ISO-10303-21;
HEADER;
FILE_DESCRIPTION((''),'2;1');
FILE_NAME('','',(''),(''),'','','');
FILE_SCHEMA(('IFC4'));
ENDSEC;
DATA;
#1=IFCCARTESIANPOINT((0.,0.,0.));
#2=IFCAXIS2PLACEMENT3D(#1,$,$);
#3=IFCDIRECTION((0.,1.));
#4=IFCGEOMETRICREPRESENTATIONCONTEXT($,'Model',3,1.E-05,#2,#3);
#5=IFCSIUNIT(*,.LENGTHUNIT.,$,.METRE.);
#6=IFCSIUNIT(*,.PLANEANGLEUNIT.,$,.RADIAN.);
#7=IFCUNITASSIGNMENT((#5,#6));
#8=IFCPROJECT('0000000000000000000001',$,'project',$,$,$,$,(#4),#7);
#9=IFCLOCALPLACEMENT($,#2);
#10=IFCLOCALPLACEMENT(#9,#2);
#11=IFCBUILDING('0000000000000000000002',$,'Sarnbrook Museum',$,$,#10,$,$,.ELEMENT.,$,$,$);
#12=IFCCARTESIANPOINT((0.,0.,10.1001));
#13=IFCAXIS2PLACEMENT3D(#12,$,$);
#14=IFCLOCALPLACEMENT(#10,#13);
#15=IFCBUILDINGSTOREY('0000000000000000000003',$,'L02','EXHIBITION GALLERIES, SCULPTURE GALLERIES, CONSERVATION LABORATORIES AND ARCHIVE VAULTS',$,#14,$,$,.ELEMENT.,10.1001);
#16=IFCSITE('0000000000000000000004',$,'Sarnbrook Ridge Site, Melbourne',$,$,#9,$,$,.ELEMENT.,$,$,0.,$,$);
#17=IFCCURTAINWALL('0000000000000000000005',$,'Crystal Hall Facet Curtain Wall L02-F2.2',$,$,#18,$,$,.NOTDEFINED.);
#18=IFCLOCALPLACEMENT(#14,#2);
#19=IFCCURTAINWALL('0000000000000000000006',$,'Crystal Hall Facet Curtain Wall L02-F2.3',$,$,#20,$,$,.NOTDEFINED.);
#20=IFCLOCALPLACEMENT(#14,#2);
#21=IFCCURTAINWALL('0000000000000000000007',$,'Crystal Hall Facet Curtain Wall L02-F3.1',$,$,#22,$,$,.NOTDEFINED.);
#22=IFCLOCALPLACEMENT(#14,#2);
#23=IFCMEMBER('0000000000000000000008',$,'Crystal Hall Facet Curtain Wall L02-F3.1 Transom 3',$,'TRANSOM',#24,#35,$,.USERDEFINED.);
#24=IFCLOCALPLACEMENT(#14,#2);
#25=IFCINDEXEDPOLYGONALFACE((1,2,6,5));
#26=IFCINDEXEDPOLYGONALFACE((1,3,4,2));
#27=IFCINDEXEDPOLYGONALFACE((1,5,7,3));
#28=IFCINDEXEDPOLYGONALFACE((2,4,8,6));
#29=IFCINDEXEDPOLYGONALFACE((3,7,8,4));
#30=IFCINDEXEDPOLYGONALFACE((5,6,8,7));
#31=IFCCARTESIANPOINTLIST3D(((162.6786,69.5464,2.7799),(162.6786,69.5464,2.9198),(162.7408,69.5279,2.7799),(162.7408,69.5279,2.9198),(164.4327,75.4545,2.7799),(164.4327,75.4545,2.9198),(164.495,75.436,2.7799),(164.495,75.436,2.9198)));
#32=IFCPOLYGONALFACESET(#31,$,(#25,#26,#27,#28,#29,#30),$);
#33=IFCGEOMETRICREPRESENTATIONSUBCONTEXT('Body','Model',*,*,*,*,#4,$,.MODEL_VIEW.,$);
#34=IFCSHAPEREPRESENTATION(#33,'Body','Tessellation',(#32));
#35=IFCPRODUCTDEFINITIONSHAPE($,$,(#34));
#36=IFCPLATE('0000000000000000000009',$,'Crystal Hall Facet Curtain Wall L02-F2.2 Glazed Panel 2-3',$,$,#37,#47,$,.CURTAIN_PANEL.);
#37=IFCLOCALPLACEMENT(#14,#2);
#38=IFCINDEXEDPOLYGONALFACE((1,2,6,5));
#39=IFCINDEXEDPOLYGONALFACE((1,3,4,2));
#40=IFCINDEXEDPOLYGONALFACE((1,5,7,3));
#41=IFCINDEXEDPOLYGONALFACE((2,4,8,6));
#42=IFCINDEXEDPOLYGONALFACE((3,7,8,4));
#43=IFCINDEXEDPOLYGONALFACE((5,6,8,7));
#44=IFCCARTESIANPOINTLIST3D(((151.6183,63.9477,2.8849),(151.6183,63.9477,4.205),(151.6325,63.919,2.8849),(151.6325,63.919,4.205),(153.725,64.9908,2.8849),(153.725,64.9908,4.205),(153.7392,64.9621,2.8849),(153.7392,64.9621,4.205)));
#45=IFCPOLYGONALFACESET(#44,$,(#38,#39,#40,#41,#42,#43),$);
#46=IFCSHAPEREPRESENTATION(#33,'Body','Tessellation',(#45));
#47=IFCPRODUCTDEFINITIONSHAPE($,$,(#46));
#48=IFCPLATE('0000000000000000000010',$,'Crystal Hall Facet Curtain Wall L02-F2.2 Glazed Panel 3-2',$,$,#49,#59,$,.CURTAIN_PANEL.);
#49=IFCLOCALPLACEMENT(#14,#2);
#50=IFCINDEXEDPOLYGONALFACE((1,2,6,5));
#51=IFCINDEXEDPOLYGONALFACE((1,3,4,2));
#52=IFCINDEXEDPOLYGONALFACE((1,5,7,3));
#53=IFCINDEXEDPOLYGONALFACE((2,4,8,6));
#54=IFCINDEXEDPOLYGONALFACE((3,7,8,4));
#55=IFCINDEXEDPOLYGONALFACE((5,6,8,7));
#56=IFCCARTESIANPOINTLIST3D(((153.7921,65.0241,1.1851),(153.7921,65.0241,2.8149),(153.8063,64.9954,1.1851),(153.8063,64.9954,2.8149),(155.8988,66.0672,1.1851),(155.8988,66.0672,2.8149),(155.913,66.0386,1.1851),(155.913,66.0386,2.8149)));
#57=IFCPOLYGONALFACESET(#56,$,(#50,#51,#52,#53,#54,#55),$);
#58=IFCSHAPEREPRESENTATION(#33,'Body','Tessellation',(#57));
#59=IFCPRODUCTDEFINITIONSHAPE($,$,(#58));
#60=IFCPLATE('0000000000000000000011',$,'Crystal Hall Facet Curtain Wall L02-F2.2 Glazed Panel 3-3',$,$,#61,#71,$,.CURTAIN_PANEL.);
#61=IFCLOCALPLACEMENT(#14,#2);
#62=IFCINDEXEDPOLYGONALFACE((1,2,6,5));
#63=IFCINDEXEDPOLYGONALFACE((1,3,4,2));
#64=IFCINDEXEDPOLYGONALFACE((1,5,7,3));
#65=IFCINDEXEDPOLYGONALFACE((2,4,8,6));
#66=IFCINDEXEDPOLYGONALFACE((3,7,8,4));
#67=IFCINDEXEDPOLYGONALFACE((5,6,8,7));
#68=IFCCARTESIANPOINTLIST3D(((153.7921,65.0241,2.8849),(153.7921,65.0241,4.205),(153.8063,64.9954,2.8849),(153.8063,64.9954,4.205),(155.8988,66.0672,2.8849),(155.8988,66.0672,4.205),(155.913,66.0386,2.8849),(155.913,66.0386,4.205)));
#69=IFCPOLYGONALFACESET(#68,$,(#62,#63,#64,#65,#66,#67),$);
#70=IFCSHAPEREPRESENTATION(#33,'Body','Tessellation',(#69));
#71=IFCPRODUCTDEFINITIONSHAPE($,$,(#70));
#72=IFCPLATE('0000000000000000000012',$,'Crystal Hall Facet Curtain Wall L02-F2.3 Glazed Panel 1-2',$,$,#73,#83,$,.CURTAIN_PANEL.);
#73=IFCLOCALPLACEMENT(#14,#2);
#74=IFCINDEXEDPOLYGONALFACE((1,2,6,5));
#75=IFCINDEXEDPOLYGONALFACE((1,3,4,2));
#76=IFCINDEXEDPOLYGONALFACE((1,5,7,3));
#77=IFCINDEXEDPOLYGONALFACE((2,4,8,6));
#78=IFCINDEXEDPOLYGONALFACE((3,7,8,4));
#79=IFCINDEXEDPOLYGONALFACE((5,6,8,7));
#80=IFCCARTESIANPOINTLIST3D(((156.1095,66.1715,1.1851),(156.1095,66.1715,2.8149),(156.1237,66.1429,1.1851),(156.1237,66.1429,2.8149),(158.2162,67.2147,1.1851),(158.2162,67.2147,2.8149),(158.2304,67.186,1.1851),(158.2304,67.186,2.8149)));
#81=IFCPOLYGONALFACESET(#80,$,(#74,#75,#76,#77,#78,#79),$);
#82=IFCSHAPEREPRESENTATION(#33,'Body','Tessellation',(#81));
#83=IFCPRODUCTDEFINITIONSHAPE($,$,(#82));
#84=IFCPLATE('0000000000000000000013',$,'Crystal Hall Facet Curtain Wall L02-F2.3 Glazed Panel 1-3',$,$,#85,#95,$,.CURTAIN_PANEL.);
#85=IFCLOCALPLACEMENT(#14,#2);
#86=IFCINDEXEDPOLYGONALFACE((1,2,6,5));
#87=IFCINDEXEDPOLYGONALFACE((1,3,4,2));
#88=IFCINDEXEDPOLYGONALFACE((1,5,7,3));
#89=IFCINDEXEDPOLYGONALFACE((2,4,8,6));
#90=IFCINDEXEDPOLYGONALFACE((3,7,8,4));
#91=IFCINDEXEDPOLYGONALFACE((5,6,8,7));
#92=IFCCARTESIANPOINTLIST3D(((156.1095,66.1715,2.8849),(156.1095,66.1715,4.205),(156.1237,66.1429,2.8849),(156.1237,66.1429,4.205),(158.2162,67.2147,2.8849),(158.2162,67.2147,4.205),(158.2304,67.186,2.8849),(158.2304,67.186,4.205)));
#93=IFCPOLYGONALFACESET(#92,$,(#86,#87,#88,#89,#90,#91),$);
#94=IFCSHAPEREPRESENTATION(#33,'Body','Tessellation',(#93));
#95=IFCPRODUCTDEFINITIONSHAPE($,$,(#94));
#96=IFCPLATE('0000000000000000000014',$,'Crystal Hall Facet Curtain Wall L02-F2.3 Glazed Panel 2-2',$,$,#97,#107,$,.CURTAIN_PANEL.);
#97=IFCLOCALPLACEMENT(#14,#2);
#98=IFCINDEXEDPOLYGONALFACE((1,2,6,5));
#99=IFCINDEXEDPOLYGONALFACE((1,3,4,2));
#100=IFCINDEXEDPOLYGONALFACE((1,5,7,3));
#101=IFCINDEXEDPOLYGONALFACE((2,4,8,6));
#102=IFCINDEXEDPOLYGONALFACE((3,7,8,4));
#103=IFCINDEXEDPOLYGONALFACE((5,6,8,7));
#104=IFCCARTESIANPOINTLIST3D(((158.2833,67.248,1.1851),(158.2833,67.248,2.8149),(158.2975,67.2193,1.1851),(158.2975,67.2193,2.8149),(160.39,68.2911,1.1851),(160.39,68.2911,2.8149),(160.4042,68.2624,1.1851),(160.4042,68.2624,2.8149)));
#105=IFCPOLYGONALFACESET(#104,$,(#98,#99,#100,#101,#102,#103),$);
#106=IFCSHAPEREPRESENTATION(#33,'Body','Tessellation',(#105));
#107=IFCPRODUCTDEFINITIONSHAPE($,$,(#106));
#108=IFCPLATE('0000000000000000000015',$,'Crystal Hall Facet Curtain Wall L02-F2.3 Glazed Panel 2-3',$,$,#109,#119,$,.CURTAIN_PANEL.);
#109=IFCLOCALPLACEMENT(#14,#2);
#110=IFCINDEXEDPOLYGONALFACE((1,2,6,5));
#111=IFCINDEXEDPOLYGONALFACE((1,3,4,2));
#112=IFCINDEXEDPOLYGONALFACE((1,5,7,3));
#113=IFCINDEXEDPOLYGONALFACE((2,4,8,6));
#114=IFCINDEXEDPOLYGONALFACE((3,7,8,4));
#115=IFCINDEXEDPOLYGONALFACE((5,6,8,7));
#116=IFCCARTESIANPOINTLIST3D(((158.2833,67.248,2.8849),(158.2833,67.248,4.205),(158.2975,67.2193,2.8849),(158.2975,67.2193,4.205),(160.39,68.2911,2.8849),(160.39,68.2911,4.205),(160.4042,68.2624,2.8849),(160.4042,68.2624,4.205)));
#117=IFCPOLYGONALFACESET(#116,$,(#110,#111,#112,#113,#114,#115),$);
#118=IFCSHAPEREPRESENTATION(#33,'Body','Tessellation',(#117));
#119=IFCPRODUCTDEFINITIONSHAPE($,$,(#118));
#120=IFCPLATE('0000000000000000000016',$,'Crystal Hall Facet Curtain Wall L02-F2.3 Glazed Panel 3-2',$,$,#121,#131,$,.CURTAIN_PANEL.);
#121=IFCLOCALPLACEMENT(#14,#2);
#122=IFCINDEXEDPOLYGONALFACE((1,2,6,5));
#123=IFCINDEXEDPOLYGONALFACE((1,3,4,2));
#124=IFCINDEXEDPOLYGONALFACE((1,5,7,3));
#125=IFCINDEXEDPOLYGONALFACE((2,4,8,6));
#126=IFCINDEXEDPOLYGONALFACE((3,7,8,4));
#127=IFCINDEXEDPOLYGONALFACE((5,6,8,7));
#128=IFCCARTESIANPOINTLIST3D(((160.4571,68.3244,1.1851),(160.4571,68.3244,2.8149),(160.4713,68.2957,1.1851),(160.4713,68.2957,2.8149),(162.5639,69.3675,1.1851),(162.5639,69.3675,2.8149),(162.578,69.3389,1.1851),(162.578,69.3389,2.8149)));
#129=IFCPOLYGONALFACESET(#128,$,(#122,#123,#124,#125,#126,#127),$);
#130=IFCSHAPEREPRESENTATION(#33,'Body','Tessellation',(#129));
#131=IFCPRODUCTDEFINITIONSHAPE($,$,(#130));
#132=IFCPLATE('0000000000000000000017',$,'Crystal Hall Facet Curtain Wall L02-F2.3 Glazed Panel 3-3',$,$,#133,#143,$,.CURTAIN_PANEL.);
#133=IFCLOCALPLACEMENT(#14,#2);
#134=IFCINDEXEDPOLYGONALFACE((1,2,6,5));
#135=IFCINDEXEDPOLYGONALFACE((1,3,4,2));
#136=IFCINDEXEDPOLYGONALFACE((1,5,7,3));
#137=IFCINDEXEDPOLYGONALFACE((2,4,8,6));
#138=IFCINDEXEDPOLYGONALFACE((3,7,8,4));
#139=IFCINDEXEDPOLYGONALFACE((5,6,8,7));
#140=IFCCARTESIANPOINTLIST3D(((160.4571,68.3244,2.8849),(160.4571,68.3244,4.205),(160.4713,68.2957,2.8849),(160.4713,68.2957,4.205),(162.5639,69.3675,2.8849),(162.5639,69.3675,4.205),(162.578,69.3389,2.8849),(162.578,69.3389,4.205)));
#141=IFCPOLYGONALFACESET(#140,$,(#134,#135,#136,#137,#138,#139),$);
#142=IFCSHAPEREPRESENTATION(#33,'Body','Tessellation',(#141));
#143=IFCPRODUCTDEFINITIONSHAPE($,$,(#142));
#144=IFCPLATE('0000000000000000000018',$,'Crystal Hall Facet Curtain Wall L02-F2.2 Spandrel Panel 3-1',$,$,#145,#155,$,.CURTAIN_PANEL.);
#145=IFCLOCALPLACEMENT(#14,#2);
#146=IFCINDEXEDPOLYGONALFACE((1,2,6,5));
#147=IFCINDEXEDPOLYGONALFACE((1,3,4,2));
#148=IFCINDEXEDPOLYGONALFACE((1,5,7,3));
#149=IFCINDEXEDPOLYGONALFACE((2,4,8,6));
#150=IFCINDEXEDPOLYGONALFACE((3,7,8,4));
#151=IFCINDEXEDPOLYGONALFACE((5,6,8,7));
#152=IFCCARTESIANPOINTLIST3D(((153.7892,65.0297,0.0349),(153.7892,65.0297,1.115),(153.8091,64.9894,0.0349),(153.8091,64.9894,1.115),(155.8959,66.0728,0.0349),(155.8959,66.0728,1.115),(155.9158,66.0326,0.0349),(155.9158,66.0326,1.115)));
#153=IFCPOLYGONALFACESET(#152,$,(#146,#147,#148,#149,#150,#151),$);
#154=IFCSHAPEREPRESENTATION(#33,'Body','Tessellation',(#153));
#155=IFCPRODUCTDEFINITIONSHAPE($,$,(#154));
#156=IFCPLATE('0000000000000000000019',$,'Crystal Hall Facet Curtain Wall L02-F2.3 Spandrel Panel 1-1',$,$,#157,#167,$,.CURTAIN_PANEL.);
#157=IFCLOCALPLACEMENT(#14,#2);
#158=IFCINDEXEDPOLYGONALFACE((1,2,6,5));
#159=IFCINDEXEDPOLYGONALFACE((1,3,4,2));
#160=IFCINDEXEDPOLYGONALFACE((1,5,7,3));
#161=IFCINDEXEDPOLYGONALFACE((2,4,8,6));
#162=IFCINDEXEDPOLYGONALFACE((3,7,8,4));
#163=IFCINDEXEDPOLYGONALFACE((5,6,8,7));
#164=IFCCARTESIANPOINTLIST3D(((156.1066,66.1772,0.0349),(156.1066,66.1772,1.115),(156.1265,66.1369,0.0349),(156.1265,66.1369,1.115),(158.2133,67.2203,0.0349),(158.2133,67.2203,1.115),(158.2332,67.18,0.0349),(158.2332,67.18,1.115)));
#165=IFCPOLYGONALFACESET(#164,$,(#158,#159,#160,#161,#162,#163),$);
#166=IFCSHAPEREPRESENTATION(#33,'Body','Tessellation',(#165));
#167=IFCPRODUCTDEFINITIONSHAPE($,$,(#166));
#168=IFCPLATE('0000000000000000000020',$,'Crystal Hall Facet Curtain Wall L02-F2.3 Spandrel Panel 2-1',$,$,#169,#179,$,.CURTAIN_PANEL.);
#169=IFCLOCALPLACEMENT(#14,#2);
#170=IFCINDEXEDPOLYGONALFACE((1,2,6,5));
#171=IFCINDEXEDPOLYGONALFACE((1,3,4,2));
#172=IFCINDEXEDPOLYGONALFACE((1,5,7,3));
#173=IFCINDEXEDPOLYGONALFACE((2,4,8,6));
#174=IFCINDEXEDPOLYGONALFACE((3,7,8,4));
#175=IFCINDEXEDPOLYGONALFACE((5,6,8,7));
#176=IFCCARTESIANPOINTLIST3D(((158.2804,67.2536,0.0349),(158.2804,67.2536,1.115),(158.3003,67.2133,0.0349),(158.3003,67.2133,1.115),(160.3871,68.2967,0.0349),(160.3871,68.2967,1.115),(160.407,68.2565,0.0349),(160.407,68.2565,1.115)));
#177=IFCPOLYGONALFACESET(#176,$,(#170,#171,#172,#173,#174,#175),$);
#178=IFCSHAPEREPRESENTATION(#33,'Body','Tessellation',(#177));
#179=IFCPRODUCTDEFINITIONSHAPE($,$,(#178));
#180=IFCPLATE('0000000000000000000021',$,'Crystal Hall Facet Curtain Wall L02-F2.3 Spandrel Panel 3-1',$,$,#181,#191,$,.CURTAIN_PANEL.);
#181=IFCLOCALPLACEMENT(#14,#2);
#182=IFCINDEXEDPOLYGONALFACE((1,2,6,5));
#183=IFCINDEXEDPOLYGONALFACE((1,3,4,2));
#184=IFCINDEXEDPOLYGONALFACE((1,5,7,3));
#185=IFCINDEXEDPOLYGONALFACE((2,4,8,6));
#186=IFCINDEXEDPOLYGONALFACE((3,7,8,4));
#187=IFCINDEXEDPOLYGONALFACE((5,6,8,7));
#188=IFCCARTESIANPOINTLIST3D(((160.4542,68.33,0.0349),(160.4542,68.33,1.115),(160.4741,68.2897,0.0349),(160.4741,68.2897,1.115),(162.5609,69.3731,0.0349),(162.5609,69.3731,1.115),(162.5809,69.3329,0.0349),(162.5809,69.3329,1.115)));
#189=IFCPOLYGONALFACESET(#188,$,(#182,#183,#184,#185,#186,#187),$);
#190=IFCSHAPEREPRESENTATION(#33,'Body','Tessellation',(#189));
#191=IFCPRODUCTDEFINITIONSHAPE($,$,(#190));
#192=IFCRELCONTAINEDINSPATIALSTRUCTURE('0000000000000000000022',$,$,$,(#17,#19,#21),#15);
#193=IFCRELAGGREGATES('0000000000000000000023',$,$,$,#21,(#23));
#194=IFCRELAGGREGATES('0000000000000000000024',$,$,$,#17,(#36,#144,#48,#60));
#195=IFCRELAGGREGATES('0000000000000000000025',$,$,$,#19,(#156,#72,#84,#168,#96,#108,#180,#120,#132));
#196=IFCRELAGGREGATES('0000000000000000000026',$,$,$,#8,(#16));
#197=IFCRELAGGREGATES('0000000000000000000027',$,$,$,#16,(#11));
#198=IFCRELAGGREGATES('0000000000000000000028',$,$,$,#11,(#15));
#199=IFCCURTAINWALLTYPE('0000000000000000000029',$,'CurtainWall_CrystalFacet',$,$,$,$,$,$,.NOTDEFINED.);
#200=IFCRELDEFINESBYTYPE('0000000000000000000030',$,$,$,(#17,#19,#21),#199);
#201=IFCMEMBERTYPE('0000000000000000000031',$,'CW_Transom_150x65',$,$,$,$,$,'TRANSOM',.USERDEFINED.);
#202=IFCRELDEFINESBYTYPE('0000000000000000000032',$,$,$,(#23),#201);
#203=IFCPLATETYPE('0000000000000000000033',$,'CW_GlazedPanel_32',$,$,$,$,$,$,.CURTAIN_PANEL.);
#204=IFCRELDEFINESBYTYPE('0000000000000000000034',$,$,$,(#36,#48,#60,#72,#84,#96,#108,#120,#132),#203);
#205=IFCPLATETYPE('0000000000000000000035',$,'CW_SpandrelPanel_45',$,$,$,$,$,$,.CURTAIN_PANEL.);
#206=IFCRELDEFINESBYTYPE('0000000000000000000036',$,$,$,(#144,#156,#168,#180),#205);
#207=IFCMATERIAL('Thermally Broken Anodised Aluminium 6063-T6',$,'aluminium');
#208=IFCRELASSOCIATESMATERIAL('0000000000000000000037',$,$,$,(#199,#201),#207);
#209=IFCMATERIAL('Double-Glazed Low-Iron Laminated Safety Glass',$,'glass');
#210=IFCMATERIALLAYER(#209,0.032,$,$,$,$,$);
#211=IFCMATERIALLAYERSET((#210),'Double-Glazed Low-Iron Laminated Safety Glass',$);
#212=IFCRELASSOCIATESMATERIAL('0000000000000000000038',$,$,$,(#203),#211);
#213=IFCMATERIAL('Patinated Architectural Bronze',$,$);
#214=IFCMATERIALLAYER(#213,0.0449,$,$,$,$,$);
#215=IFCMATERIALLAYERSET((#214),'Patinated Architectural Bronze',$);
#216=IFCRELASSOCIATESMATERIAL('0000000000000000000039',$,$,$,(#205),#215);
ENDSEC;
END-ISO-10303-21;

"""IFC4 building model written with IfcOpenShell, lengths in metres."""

from ifc_helpers import new_model, si_unit, direction, frame, origin, origin_2d, place, context, subcontext, project, spatial, rectangle, extrude, material, layer, layer_set, material_profile, profile_set, type_object, element, aggregate, save


model = new_model("IFC4")

# Units and contexts
model_context = context("Model", 3, precision=1e-05, world=origin(), true_north=direction((0.0, 1.0)))
body_context = subcontext(model_context, "Body", "Model", "MODEL_VIEW")
ifc_project = project(units=[si_unit("LENGTHUNIT", "METRE"), si_unit("PLANEANGLEUNIT", "RADIAN")], contexts=[model_context])

# Site, building, storey
site_placement = place(None, origin())
site = spatial("IfcSite", under=ifc_project, at=site_placement, Name="Sarnbrook Ridge Site, Melbourne", CompositionType="ELEMENT", RefElevation=0.0)
building_placement = place(site_placement, origin())
building = spatial("IfcBuilding", under=site, at=building_placement, Name="Sarnbrook Museum", CompositionType="ELEMENT")
storey_placement = place(building_placement, frame((0.0, 0.0, 10.1001)))
storey = spatial("IfcBuildingStorey", under=building, at=storey_placement, Name="L02", Description="EXHIBITION GALLERIES, SCULPTURE GALLERIES, CONSERVATION LABORATORIES AND ARCHIVE VAULTS", CompositionType="ELEMENT", Elevation=10.1001)

# Curtain walls
ifc_material_1 = material(Name="Thermally Broken Anodised Aluminium 6063-T6", Category="aluminium")
curtain_wall_type = type_object("IfcCurtainWallType", Name="CurtainWall_CrystalFacet", PredefinedType="NOTDEFINED", material=ifc_material_1)
curtain_wall_1_placement = place(storey_placement, origin())
curtain_wall_1 = element("IfcCurtainWall", 1, at=curtain_wall_1_placement, inside=storey, type_object=curtain_wall_type, Name="Crystal Hall Facet Curtain Wall L02-F2.2", PredefinedType="NOTDEFINED")
curtain_wall_2_placement = place(storey_placement, origin())
curtain_wall_2 = element("IfcCurtainWall", 2, at=curtain_wall_2_placement, inside=storey, type_object=curtain_wall_type, Name="Crystal Hall Facet Curtain Wall L02-F2.3", PredefinedType="NOTDEFINED")

# Curtain wall
curtain_wall_3_placement = place(storey_placement, origin())
curtain_wall_3 = element("IfcCurtainWall", 3, at=curtain_wall_3_placement, inside=storey, type_object=curtain_wall_type, Name="Crystal Hall Facet Curtain Wall L02-F3.1", PredefinedType="NOTDEFINED")

# Member
ifc_material_profile_1 = material_profile(ifc_material_1, rectangle(XDim=0.0649, YDim=0.1399, at=origin_2d()), Name="ALU TRANSOM 65x140")
ifc_profile_set_1 = profile_set([ifc_material_profile_1], Name="Thermally Broken Anodised Aluminium 6063-T6")
member_type_1 = type_object("IfcMemberType", Name="CW_Transom_150x65", ElementType="TRANSOM", PredefinedType="USERDEFINED", material=ifc_profile_set_1)
member_1_placement = place(storey_placement, frame((162.7097, 69.5371, 2.8499), z_axis=(0.284621, 0.95864, 0.0), x_axis=(-0.95864, 0.284621, 0.0)))
member_1 = element("IfcMember", 4, at=member_1_placement, type_object=member_type_1, Name="Crystal Hall Facet Curtain Wall L02-F3.1 Transom 3", ObjectType="TRANSOM", PredefinedType="USERDEFINED", context=body_context, shape_type="SweptSolid", body=[
    extrude(rectangle(XDim=0.0649, YDim=0.1399, at=origin_2d()), origin(), (0.0, 0.0, 1.0), 6.1631),
])
aggregate(curtain_wall_3, [member_1])

# Plates
ifc_material_2 = material(Name="Double-Glazed Low-Iron Laminated Safety Glass", Category="glass")
ifc_layer_1 = layer(ifc_material_2, 0.032)
ifc_layer_set_1 = layer_set([ifc_layer_1], Name="Double-Glazed Low-Iron Laminated Safety Glass")
plate_type_1 = type_object("IfcPlateType", Name="CW_GlazedPanel_32", PredefinedType="CURTAIN_PANEL", material=ifc_layer_set_1)
plate_1_placement = place(storey_placement, frame((152.6716, 64.4692, 3.5449), z_axis=(0.44373, -0.89616, 0.0), x_axis=(0.89616, 0.44373, 0.0)))
plate_1 = element("IfcPlate", 5, at=plate_1_placement, type_object=plate_type_1, Name="Crystal Hall Facet Curtain Wall L02-F2.2 Glazed Panel 2-3", PredefinedType="CURTAIN_PANEL", context=body_context, shape_type="SweptSolid", body=[
    extrude(rectangle(XDim=2.3508, YDim=1.3201, at=origin_2d()), origin(), (0.0, 0.0, 1.0), 0.032),
])
plate_2_placement = place(storey_placement, frame((154.8455, 65.5457, 2.0), z_axis=(0.44373, -0.89616, 0.0), x_axis=(0.89616, 0.44373, 0.0)))
plate_2 = element("IfcPlate", 6, at=plate_2_placement, type_object=plate_type_1, Name="Crystal Hall Facet Curtain Wall L02-F2.2 Glazed Panel 3-2", PredefinedType="CURTAIN_PANEL", context=body_context, shape_type="SweptSolid", body=[
    extrude(rectangle(XDim=2.3508, YDim=1.6299, at=origin_2d()), origin(), (0.0, 0.0, 1.0), 0.032),
])
plate_3_placement = place(storey_placement, frame((154.8455, 65.5457, 3.5449), z_axis=(0.44373, -0.89616, 0.0), x_axis=(0.89616, 0.44373, 0.0)))
plate_3 = element("IfcPlate", 7, at=plate_3_placement, type_object=plate_type_1, Name="Crystal Hall Facet Curtain Wall L02-F2.2 Glazed Panel 3-3", PredefinedType="CURTAIN_PANEL", context=body_context, shape_type="SweptSolid", body=[
    extrude(rectangle(XDim=2.3508, YDim=1.3201, at=origin_2d()), origin(), (0.0, 0.0, 1.0), 0.032),
])
plate_4_placement = place(storey_placement, frame((157.1628, 66.6931, 2.0), z_axis=(0.44373, -0.89616, 0.0), x_axis=(0.89616, 0.44373, 0.0)))
plate_4 = element("IfcPlate", 8, at=plate_4_placement, type_object=plate_type_1, Name="Crystal Hall Facet Curtain Wall L02-F2.3 Glazed Panel 1-2", PredefinedType="CURTAIN_PANEL", context=body_context, shape_type="SweptSolid", body=[
    extrude(rectangle(XDim=2.3508, YDim=1.6299, at=origin_2d()), origin(), (0.0, 0.0, 1.0), 0.032),
])
plate_5_placement = place(storey_placement, frame((157.1628, 66.6931, 3.5449), z_axis=(0.44373, -0.89616, 0.0), x_axis=(0.89616, 0.44373, 0.0)))
plate_5 = element("IfcPlate", 9, at=plate_5_placement, type_object=plate_type_1, Name="Crystal Hall Facet Curtain Wall L02-F2.3 Glazed Panel 1-3", PredefinedType="CURTAIN_PANEL", context=body_context, shape_type="SweptSolid", body=[
    extrude(rectangle(XDim=2.3508, YDim=1.3201, at=origin_2d()), origin(), (0.0, 0.0, 1.0), 0.032),
])
plate_6_placement = place(storey_placement, frame((159.3367, 67.7695, 2.0), z_axis=(0.44373, -0.89616, 0.0), x_axis=(0.89616, 0.44373, 0.0)))
plate_6 = element("IfcPlate", 10, at=plate_6_placement, type_object=plate_type_1, Name="Crystal Hall Facet Curtain Wall L02-F2.3 Glazed Panel 2-2", PredefinedType="CURTAIN_PANEL", context=body_context, shape_type="SweptSolid", body=[
    extrude(rectangle(XDim=2.3508, YDim=1.6299, at=origin_2d()), origin(), (0.0, 0.0, 1.0), 0.032),
])
plate_7_placement = place(storey_placement, frame((159.3367, 67.7695, 3.5449), z_axis=(0.44373, -0.89616, 0.0), x_axis=(0.89616, 0.44373, 0.0)))
plate_7 = element("IfcPlate", 11, at=plate_7_placement, type_object=plate_type_1, Name="Crystal Hall Facet Curtain Wall L02-F2.3 Glazed Panel 2-3", PredefinedType="CURTAIN_PANEL", context=body_context, shape_type="SweptSolid", body=[
    extrude(rectangle(XDim=2.3508, YDim=1.3201, at=origin_2d()), origin(), (0.0, 0.0, 1.0), 0.032),
])
plate_8_placement = place(storey_placement, frame((161.5105, 68.8459, 2.0), z_axis=(0.44373, -0.89616, 0.0), x_axis=(0.89616, 0.44373, 0.0)))
plate_8 = element("IfcPlate", 12, at=plate_8_placement, type_object=plate_type_1, Name="Crystal Hall Facet Curtain Wall L02-F2.3 Glazed Panel 3-2", PredefinedType="CURTAIN_PANEL", context=body_context, shape_type="SweptSolid", body=[
    extrude(rectangle(XDim=2.3508, YDim=1.6299, at=origin_2d()), origin(), (0.0, 0.0, 1.0), 0.032),
])
plate_9_placement = place(storey_placement, frame((161.5105, 68.8459, 3.5449), z_axis=(0.44373, -0.89616, 0.0), x_axis=(0.89616, 0.44373, 0.0)))
plate_9 = element("IfcPlate", 13, at=plate_9_placement, type_object=plate_type_1, Name="Crystal Hall Facet Curtain Wall L02-F2.3 Glazed Panel 3-3", PredefinedType="CURTAIN_PANEL", context=body_context, shape_type="SweptSolid", body=[
    extrude(rectangle(XDim=2.3508, YDim=1.3201, at=origin_2d()), origin(), (0.0, 0.0, 1.0), 0.032),
])
ifc_material_3 = material(Name="Patinated Architectural Bronze")
ifc_layer_2 = layer(ifc_material_3, 0.0449)
ifc_layer_set_2 = layer_set([ifc_layer_2], Name="Patinated Architectural Bronze")
plate_type_2 = type_object("IfcPlateType", Name="CW_SpandrelPanel_45", PredefinedType="CURTAIN_PANEL", material=ifc_layer_set_2)
plate_10_placement = place(storey_placement, frame((154.8425, 65.5513, 0.575), z_axis=(0.44373, -0.89616, 0.0), x_axis=(0.89616, 0.44373, 0.0)))
plate_10 = element("IfcPlate", 14, at=plate_10_placement, type_object=plate_type_2, Name="Crystal Hall Facet Curtain Wall L02-F2.2 Spandrel Panel 3-1", PredefinedType="CURTAIN_PANEL", context=body_context, shape_type="SweptSolid", body=[
    extrude(rectangle(XDim=2.3508, YDim=1.0801, at=origin_2d()), origin(), (0.0, 0.0, 1.0), 0.0449),
])
aggregate(curtain_wall_1, [plate_1, plate_10, plate_2, plate_3])
plate_11_placement = place(storey_placement, frame((157.1599, 66.6987, 0.575), z_axis=(0.44373, -0.89616, 0.0), x_axis=(0.89616, 0.44373, 0.0)))
plate_11 = element("IfcPlate", 15, at=plate_11_placement, type_object=plate_type_2, Name="Crystal Hall Facet Curtain Wall L02-F2.3 Spandrel Panel 1-1", PredefinedType="CURTAIN_PANEL", context=body_context, shape_type="SweptSolid", body=[
    extrude(rectangle(XDim=2.3508, YDim=1.0801, at=origin_2d()), origin(), (0.0, 0.0, 1.0), 0.0449),
])
plate_12_placement = place(storey_placement, frame((159.3337, 67.7751, 0.575), z_axis=(0.44373, -0.89616, 0.0), x_axis=(0.89616, 0.44373, 0.0)))
plate_12 = element("IfcPlate", 16, at=plate_12_placement, type_object=plate_type_2, Name="Crystal Hall Facet Curtain Wall L02-F2.3 Spandrel Panel 2-1", PredefinedType="CURTAIN_PANEL", context=body_context, shape_type="SweptSolid", body=[
    extrude(rectangle(XDim=2.3508, YDim=1.0801, at=origin_2d()), origin(), (0.0, 0.0, 1.0), 0.0449),
])
plate_13_placement = place(storey_placement, frame((161.5076, 68.8516, 0.575), z_axis=(0.44373, -0.89616, 0.0), x_axis=(0.89616, 0.44373, 0.0)))
plate_13 = element("IfcPlate", 17, at=plate_13_placement, type_object=plate_type_2, Name="Crystal Hall Facet Curtain Wall L02-F2.3 Spandrel Panel 3-1", PredefinedType="CURTAIN_PANEL", context=body_context, shape_type="SweptSolid", body=[
    extrude(rectangle(XDim=2.3508, YDim=1.0801, at=origin_2d()), origin(), (0.0, 0.0, 1.0), 0.0449),
])
aggregate(curtain_wall_2, [plate_11, plate_4, plate_5, plate_12, plate_6, plate_7, plate_13, plate_8, plate_9])

save(model, "model.ifc")
